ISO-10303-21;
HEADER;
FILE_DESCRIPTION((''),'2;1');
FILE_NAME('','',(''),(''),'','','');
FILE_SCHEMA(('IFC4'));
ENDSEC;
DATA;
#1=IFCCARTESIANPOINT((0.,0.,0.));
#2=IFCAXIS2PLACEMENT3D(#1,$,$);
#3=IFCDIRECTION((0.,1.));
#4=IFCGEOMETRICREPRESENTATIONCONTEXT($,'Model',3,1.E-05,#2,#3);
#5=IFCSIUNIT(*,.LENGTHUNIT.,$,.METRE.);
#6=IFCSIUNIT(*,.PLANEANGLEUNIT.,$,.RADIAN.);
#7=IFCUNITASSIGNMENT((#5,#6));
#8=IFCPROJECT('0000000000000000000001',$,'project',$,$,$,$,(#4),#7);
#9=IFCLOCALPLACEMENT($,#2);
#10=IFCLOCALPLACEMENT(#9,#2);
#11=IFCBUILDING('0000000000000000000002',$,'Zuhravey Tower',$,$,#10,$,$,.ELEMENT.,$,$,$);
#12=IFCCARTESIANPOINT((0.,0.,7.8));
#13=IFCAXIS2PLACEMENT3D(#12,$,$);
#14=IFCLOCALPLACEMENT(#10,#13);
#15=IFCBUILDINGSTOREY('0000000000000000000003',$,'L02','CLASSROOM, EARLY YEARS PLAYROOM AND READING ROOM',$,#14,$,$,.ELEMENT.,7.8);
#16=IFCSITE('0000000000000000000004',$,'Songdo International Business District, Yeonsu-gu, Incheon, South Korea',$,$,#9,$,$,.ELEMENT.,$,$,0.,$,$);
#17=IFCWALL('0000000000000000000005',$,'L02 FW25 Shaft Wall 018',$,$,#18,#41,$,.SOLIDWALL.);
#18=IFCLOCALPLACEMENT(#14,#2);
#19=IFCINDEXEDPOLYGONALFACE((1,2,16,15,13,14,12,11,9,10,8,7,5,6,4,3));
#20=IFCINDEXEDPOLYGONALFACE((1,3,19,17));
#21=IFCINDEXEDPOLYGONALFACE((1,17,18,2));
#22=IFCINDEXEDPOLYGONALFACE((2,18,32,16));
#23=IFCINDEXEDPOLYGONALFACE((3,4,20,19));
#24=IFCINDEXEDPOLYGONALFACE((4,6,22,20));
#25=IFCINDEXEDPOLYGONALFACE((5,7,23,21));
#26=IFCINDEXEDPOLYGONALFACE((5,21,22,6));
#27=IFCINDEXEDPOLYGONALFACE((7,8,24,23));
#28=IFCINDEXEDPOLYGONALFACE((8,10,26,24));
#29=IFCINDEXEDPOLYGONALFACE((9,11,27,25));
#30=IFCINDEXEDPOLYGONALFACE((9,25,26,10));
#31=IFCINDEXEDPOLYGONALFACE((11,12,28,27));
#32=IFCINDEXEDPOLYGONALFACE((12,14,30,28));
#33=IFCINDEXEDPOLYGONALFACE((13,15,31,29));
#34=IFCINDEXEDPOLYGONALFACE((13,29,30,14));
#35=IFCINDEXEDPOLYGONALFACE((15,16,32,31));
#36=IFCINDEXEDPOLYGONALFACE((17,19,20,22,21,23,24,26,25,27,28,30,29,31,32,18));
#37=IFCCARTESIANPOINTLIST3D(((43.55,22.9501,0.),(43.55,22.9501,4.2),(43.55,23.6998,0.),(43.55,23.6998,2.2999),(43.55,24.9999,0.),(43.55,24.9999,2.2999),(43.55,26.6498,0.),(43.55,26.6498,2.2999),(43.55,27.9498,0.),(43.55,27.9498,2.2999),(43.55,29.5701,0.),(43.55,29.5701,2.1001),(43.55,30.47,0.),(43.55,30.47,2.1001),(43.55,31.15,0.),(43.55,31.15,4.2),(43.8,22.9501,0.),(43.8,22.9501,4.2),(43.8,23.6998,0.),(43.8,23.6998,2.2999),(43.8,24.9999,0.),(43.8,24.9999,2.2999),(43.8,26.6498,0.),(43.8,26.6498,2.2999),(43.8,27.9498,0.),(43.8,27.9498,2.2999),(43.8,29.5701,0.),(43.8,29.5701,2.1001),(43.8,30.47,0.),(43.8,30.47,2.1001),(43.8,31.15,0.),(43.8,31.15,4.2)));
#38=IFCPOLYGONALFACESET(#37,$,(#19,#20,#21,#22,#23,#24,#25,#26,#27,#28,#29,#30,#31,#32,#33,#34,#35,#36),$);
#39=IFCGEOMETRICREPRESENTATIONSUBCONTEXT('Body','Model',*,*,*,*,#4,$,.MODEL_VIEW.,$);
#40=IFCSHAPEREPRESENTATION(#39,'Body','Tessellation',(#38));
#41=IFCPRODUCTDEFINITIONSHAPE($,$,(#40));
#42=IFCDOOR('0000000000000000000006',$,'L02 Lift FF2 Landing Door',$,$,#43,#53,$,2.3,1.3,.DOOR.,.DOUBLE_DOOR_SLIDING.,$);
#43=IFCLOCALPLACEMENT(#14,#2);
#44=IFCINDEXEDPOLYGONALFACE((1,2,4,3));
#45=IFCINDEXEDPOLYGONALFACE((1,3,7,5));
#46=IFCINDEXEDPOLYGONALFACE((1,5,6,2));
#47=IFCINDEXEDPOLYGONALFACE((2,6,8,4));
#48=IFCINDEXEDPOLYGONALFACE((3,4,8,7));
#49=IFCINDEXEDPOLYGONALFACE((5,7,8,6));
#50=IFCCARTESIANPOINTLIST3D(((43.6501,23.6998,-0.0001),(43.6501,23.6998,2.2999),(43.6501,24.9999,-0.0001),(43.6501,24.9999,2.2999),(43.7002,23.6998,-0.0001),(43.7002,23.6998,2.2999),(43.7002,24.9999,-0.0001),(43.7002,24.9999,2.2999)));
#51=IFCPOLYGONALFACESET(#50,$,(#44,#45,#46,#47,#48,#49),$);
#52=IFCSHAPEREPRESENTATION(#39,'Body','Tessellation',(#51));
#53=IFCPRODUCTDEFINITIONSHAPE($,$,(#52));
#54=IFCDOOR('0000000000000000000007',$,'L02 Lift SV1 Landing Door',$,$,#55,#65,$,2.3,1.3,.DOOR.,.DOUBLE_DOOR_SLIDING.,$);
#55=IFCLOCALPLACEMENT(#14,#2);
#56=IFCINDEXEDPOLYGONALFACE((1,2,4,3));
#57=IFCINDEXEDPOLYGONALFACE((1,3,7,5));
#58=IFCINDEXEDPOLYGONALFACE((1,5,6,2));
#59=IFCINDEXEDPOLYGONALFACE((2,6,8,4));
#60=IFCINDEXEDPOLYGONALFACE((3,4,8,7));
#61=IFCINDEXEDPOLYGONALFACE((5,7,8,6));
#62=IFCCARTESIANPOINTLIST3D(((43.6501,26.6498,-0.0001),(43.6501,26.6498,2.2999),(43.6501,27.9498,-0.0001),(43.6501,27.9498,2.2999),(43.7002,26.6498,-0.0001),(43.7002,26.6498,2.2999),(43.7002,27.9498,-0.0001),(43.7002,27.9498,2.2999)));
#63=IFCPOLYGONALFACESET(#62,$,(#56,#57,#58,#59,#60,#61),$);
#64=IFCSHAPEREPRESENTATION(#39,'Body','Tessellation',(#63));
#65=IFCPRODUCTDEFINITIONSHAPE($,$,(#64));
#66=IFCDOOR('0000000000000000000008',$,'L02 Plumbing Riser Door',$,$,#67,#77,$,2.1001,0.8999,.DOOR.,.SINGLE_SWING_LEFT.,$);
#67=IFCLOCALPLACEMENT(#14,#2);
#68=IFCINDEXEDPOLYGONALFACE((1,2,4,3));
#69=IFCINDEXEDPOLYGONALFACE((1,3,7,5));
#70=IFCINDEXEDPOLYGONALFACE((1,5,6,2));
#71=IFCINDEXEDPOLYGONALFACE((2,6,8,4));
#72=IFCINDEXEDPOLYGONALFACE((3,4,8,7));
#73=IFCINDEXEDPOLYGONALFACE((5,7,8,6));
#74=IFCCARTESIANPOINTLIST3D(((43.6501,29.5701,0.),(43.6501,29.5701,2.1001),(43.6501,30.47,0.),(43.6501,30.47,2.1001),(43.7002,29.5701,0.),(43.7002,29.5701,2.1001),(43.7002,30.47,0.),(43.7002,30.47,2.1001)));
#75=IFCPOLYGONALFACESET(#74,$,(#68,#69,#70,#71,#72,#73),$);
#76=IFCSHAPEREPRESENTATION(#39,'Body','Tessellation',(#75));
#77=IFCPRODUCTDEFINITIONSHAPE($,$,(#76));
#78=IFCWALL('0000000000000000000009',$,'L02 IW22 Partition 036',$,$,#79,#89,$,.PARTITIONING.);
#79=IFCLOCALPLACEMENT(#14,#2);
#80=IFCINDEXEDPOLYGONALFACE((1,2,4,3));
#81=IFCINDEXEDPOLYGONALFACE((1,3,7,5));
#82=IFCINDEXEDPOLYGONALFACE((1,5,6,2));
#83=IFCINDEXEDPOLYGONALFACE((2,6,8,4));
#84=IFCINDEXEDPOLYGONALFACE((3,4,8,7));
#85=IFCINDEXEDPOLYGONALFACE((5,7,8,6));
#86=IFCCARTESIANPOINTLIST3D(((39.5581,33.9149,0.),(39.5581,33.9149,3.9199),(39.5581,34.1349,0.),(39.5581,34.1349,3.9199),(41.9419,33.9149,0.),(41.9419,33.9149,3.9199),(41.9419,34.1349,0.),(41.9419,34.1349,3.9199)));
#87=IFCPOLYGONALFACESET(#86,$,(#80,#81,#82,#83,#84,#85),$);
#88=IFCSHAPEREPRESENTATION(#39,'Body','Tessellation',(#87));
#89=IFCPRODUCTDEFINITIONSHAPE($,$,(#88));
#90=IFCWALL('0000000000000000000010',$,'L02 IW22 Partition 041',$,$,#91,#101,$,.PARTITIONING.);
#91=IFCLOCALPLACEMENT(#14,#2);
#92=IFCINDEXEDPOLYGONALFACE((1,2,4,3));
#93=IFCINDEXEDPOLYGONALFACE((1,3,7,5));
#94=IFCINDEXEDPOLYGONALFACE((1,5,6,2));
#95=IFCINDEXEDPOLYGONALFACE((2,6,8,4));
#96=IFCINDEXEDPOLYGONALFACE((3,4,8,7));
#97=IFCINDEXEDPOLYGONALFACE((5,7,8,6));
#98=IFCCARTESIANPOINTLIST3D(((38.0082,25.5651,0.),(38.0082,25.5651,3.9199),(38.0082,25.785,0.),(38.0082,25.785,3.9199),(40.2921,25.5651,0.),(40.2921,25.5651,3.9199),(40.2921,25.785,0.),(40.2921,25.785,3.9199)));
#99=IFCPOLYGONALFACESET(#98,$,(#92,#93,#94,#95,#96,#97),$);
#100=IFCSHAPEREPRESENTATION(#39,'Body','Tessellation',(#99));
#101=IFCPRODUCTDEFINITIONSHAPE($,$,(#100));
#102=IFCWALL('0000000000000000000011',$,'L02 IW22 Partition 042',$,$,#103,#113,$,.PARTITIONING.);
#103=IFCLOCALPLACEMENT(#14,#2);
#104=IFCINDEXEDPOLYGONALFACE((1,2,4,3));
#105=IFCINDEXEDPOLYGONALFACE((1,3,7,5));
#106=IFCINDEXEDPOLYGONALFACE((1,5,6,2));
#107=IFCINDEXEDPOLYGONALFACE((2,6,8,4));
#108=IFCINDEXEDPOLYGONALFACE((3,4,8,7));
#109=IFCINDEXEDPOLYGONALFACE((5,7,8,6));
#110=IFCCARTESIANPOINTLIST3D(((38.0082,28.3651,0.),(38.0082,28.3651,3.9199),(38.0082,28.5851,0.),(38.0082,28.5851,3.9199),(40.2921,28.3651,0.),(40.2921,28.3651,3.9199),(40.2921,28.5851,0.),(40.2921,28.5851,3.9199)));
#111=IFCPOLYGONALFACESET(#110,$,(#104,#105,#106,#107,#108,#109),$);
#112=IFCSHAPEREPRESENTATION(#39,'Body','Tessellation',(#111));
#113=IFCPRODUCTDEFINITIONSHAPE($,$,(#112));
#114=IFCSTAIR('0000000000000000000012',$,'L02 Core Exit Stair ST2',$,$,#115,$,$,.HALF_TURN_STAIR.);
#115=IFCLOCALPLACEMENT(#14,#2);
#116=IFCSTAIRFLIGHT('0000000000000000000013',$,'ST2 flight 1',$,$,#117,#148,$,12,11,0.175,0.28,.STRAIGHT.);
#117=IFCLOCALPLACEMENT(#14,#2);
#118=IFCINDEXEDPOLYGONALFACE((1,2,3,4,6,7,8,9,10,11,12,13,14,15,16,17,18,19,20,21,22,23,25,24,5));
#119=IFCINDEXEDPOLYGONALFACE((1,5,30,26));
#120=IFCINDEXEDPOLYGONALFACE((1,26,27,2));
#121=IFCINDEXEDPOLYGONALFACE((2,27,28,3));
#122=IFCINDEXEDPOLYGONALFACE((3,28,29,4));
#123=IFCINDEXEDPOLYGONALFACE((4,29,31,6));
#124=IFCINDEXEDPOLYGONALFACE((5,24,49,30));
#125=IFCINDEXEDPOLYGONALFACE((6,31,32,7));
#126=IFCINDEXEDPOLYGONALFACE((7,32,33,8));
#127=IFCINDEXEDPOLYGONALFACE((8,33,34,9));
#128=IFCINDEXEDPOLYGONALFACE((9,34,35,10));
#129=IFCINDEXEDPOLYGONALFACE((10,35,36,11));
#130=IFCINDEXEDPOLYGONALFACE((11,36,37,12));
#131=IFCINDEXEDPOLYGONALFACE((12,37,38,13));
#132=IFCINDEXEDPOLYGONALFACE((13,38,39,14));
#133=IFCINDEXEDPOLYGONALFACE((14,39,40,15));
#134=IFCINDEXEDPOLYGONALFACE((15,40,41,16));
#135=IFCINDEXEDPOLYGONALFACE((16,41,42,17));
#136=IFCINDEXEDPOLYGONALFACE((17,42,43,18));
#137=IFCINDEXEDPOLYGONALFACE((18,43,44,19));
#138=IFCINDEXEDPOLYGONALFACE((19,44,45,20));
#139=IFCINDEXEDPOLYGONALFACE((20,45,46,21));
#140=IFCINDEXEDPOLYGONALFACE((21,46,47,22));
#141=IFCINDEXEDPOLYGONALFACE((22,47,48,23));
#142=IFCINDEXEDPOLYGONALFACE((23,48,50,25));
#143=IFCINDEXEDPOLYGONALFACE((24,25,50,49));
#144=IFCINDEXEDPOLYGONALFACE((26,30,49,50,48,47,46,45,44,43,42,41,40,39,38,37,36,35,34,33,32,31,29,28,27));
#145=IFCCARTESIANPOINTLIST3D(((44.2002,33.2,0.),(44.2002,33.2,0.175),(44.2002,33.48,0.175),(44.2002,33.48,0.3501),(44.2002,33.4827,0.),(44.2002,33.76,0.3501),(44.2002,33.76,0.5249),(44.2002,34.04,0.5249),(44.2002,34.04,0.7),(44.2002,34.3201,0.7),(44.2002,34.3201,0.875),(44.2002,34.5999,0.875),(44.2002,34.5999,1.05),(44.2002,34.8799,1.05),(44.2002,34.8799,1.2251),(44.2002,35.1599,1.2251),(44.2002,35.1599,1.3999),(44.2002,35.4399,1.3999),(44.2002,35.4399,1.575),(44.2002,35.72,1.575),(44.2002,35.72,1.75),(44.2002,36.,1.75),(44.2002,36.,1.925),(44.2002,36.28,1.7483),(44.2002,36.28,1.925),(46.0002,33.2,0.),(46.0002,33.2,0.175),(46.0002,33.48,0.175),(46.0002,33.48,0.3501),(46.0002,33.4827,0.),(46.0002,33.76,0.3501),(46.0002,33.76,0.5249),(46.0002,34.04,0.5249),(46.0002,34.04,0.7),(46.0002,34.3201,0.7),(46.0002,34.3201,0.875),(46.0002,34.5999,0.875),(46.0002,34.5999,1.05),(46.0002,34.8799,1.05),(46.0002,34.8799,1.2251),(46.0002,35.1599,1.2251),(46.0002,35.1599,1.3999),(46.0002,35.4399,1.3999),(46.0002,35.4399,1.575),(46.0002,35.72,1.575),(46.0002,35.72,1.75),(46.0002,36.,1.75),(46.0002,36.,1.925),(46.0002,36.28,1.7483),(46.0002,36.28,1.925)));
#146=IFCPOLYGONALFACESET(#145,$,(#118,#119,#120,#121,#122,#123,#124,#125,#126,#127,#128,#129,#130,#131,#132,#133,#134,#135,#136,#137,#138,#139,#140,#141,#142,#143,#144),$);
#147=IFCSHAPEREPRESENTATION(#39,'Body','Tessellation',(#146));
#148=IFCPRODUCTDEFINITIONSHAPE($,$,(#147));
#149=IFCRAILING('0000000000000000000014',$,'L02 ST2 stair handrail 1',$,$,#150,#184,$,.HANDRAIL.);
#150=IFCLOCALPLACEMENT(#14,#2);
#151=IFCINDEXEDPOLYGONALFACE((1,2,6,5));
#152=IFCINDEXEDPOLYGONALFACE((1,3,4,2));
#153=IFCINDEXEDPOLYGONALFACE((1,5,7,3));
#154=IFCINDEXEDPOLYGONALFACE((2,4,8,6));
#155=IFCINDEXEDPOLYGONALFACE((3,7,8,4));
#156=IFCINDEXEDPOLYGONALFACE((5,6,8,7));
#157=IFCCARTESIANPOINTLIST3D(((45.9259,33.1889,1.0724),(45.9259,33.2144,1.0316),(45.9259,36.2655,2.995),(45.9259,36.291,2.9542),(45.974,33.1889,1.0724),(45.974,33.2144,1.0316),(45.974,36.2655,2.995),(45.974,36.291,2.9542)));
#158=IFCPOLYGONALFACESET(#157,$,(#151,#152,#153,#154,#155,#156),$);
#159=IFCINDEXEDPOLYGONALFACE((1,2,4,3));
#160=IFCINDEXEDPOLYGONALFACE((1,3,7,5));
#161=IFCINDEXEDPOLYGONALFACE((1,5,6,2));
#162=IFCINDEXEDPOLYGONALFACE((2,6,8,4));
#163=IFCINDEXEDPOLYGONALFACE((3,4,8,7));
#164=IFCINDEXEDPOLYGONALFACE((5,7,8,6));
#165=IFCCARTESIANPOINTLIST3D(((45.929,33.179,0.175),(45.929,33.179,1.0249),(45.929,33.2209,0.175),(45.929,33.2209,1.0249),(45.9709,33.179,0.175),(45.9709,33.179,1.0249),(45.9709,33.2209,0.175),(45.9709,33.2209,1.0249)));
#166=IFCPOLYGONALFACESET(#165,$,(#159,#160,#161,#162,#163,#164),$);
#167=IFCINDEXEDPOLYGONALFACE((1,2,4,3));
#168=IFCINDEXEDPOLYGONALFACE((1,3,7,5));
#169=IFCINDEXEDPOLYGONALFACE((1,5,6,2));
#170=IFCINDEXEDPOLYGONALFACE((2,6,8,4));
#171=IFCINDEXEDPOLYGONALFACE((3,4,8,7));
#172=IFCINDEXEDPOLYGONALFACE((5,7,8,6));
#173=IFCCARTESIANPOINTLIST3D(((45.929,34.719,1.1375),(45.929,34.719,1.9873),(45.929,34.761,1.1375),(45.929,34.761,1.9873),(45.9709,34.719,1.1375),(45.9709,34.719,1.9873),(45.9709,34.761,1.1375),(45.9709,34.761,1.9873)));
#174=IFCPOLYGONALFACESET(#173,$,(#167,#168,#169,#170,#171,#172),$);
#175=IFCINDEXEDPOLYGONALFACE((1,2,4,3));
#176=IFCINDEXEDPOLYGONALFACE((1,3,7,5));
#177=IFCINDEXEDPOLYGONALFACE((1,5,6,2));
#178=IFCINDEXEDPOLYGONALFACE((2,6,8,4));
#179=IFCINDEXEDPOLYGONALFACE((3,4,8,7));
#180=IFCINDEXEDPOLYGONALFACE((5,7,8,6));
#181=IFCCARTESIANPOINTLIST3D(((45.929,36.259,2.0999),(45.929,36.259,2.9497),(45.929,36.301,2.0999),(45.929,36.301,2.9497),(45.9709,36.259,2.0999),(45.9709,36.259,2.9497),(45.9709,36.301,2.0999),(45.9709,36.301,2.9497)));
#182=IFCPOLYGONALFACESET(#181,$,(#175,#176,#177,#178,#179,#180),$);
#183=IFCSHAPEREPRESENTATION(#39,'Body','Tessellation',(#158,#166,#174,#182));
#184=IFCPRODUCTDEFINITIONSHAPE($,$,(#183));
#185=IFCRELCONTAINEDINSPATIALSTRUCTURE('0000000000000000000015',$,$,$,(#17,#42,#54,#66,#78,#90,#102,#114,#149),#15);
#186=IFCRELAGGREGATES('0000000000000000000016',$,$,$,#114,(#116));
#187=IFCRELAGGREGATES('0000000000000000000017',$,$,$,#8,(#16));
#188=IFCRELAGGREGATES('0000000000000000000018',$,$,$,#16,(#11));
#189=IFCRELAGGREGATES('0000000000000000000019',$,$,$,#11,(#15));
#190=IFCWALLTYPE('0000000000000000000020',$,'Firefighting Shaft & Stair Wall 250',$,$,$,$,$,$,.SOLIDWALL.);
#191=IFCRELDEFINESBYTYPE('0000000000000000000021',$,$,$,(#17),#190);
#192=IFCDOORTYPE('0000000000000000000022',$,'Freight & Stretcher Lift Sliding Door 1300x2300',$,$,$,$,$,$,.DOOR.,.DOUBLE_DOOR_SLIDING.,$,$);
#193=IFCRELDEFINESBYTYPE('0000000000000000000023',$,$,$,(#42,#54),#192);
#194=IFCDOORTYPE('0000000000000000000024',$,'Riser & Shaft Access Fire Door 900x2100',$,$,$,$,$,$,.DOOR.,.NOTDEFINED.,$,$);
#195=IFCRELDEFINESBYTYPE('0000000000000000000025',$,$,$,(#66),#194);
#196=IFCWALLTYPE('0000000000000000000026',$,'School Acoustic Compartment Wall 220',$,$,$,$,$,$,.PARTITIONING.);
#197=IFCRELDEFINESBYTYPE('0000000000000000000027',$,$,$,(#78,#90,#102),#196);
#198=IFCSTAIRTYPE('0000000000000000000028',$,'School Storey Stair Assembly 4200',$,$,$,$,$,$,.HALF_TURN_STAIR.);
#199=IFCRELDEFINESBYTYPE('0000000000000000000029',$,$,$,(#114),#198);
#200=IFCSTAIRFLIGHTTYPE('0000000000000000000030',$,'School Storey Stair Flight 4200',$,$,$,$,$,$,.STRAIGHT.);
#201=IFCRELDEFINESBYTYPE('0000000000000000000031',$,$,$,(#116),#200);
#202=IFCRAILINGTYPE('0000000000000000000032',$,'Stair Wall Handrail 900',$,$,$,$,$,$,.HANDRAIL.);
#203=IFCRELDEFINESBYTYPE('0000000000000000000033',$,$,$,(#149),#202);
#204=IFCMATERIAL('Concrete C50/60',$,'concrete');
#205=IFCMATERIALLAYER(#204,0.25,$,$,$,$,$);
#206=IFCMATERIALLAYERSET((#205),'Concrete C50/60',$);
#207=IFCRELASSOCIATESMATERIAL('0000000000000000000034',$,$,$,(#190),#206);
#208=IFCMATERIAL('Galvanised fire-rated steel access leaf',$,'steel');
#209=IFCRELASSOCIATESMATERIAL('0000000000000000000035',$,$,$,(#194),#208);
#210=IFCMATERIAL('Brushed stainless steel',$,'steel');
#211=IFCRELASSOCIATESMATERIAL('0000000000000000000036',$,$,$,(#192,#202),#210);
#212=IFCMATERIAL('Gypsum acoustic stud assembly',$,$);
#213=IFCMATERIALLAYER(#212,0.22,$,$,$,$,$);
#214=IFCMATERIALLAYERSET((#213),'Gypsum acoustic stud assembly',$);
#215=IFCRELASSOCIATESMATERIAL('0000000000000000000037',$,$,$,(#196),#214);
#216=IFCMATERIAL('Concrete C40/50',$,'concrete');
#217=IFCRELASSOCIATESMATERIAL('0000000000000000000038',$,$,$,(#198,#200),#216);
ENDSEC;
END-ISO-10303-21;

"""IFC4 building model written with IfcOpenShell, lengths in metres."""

from ifc_helpers import new_model, si_unit, direction, frame, frame_2d, origin, origin_2d, place, context, subcontext, project, spatial, polyline, rectangle, outline, extrude, material, layer, layer_set, type_object, element, fill, aggregate, save


model = new_model("IFC4")

# Units and contexts
model_context = context("Model", 3, precision=1e-05, world=origin(), true_north=direction((0.0, 1.0)))
body_context = subcontext(model_context, "Body", "Model", "MODEL_VIEW")
ifc_project = project(units=[si_unit("LENGTHUNIT", "METRE"), si_unit("PLANEANGLEUNIT", "RADIAN")], contexts=[model_context])

# Site, building, storey
site_placement = place(None, origin())
site = spatial("IfcSite", under=ifc_project, at=site_placement, Name="Songdo International Business District, Yeonsu-gu, Incheon, South Korea", CompositionType="ELEMENT", RefElevation=0.0)
building_placement = place(site_placement, origin())
building = spatial("IfcBuilding", under=site, at=building_placement, Name="Zuhravey Tower", CompositionType="ELEMENT")
storey_placement = place(building_placement, frame((0.0, 0.0, 7.8)))
storey = spatial("IfcBuildingStorey", under=building, at=storey_placement, Name="L02", Description="CLASSROOM, EARLY YEARS PLAYROOM AND READING ROOM", CompositionType="ELEMENT", Elevation=7.8)

# Shared definitions
ifc_material_1 = material(Name="Concrete C50/60", Category="concrete")
ifc_layer_1 = layer(ifc_material_1, 0.25)
ifc_layer_set_1 = layer_set([ifc_layer_1], Name="Concrete C50/60")
wall_type_1 = type_object("IfcWallType", Name="Firefighting Shaft & Stair Wall 250", PredefinedType="SOLIDWALL", material=ifc_layer_set_1)

# Shared definitions
ifc_material_2 = material(Name="Galvanised fire-rated steel access leaf", Category="steel")
door_type_1 = type_object("IfcDoorType", Name="Riser & Shaft Access Fire Door 900x2100", OperationType="NOTDEFINED", PredefinedType="DOOR", material=ifc_material_2)

# Wall, openings, doors
wall_1_placement = place(storey_placement, frame((43.675, 22.95, 0.0), z_axis=(0.0, 0.0, 1.0), x_axis=(0.0, 1.0, 0.0)))
wall_1 = element("IfcWall", 1, at=wall_1_placement, inside=storey, type_object=wall_type_1, Name="L02 FW25 Shaft Wall 018", PredefinedType="SOLIDWALL", context=body_context, shape_type="SweptSolid", body=[
    extrude(rectangle(XDim=8.2, YDim=0.25, at=frame_2d((4.1001, 0.0))), origin(), (0.0, 0.0, 1.0), 4.2),
])
opening_1_placement = place(wall_1_placement, frame((0.75, 0.0, 0.0)))
opening_1 = element("IfcOpeningElement", 2, at=opening_1_placement, cuts=wall_1, PredefinedType="OPENING", context=body_context, shape_type="SweptSolid", body=[
    extrude(rectangle(XDim=1.3, YDim=2.3, at=frame_2d((0.6499, 1.1499))), frame((0.0, 0.137, 0.0), z_axis=(0.0, -1.0, 0.0), x_axis=(1.0, 0.0, 0.0)), (0.0, 0.0, 1.0), 0.2739),
])
opening_2_placement = place(wall_1_placement, frame((3.7, 0.0, 0.0)))
opening_2 = element("IfcOpeningElement", 3, at=opening_2_placement, cuts=wall_1, PredefinedType="OPENING", context=body_context, shape_type="SweptSolid", body=[
    extrude(rectangle(XDim=1.3, YDim=2.3, at=frame_2d((0.6499, 1.1499))), frame((0.0, 0.137, 0.0), z_axis=(0.0, -1.0, 0.0), x_axis=(1.0, 0.0, 0.0)), (0.0, 0.0, 1.0), 0.2739),
])
opening_3_placement = place(wall_1_placement, frame((6.6201, 0.0, 0.0)))
opening_3 = element("IfcOpeningElement", 4, at=opening_3_placement, cuts=wall_1, PredefinedType="OPENING", context=body_context, shape_type="SweptSolid", body=[
    extrude(rectangle(XDim=0.8999, YDim=2.1001, at=frame_2d((0.45, 1.05))), frame((0.0, 0.137, 0.0), z_axis=(0.0, -1.0, 0.0), x_axis=(1.0, 0.0, 0.0)), (0.0, 0.0, 1.0), 0.2739),
])
ifc_material_3 = material(Name="Brushed stainless steel", Category="steel")
door_type_2 = type_object("IfcDoorType", Name="Freight & Stretcher Lift Sliding Door 1300x2300", OperationType="DOUBLE_DOOR_SLIDING", PredefinedType="DOOR", material=ifc_material_3)
door_1_placement = place(opening_1_placement, origin())
door_1 = element("IfcDoor", 5, at=door_1_placement, inside=storey, type_object=door_type_2, Name="L02 Lift FF2 Landing Door", OperationType="DOUBLE_DOOR_SLIDING", OverallHeight=2.3, OverallWidth=1.3, PredefinedType="DOOR", context=body_context, shape_type="SweptSolid", body=[
    extrude(rectangle(XDim=1.3, YDim=2.3, at=frame_2d((0.6499, 1.1499))), frame((0.0, 0.0249, 0.0), z_axis=(0.0, -1.0, 0.0), x_axis=(1.0, 0.0, 0.0)), (0.0, 0.0, 1.0), 0.05),
])
fill(opening_1, door_1)
door_2_placement = place(opening_2_placement, origin())
door_2 = element("IfcDoor", 6, at=door_2_placement, inside=storey, type_object=door_type_2, Name="L02 Lift SV1 Landing Door", OperationType="DOUBLE_DOOR_SLIDING", OverallHeight=2.3, OverallWidth=1.3, PredefinedType="DOOR", context=body_context, shape_type="SweptSolid", body=[
    extrude(rectangle(XDim=1.3, YDim=2.3, at=frame_2d((0.6499, 1.1499))), frame((0.0, 0.0249, 0.0), z_axis=(0.0, -1.0, 0.0), x_axis=(1.0, 0.0, 0.0)), (0.0, 0.0, 1.0), 0.05),
])
fill(opening_2, door_2)
door_3_placement = place(opening_3_placement, origin())
door_3 = element("IfcDoor", 7, at=door_3_placement, inside=storey, type_object=door_type_1, Name="L02 Plumbing Riser Door", OperationType="SINGLE_SWING_LEFT", OverallHeight=2.1001, OverallWidth=0.8999, PredefinedType="DOOR", context=body_context, shape_type="SweptSolid", body=[
    extrude(rectangle(XDim=0.8999, YDim=2.1001, at=frame_2d((0.45, 1.05))), frame((0.0, 0.0249, 0.0), z_axis=(0.0, -1.0, 0.0), x_axis=(1.0, 0.0, 0.0)), (0.0, 0.0, 1.0), 0.05),
])
fill(opening_3, door_3)

# Walls
ifc_material_4 = material(Name="Gypsum acoustic stud assembly")
ifc_layer_2 = layer(ifc_material_4, 0.22)
ifc_layer_set_2 = layer_set([ifc_layer_2], Name="Gypsum acoustic stud assembly")
wall_type_2 = type_object("IfcWallType", Name="School Acoustic Compartment Wall 220", PredefinedType="PARTITIONING", material=ifc_layer_set_2)
wall_2_placement = place(storey_placement, frame((39.5581, 34.0249, 0.0), z_axis=(0.0, 0.0, 1.0), x_axis=(1.0, 0.0, 0.0)))
element("IfcWall", 8, at=wall_2_placement, inside=storey, type_object=wall_type_2, Name="L02 IW22 Partition 036", PredefinedType="PARTITIONING", context=body_context, shape_type="SweptSolid", body=[
    extrude(rectangle(XDim=2.3838, YDim=0.22, at=frame_2d((1.1919, 0.0))), origin(), (0.0, 0.0, 1.0), 3.9199),
])
for number, where, z_axis, x_axis, name in (
    (9, (38.0081, 25.675, 0.0), (0.0, 0.0, 1.0), (1.0, 0.0, 0.0), "L02 IW22 Partition 041"),
    (10, (38.0081, 28.4751, 0.0), (0.0, 0.0, 1.0), (1.0, 0.0, 0.0), "L02 IW22 Partition 042"),
):
    element("IfcWall", number, at=place(storey_placement, frame(where, z_axis=z_axis, x_axis=x_axis)), inside=storey, type_object=wall_type_2, Name=name, PredefinedType="PARTITIONING", context=body_context, shape_type="SweptSolid", body=[
        extrude(rectangle(XDim=2.2839, YDim=0.22, at=frame_2d((1.1421, 0.0))), origin(), (0.0, 0.0, 1.0), 3.9199),
    ])

# Stair, stair flight
ifc_material_5 = material(Name="Concrete C40/50", Category="concrete")
stair_type = type_object("IfcStairType", Name="School Storey Stair Assembly 4200", PredefinedType="HALF_TURN_STAIR", material=ifc_material_5)
stair_placement = place(storey_placement, origin())
stair = element("IfcStair", 11, at=stair_placement, inside=storey, type_object=stair_type, Name="L02 Core Exit Stair ST2", PredefinedType="HALF_TURN_STAIR")
stair_flight_type = type_object("IfcStairFlightType", Name="School Storey Stair Flight 4200", PredefinedType="STRAIGHT", material=ifc_material_5)
stair_flight_placement = place(storey_placement, frame((45.1001, 33.2, 0.0), z_axis=(0.0, 0.0, 1.0), x_axis=(0.0, 1.0, 0.0)))
stair_flight = element("IfcStairFlight", 12, at=stair_flight_placement, type_object=stair_flight_type, Name="ST2 flight 1", NumberOfRisers=12, NumberOfTreads=11, PredefinedType="STRAIGHT", RiserHeight=0.175, TreadLength=0.28, context=body_context, shape_type="SweptSolid", body=[
    extrude(outline(polyline([(0.0, 0.0), (0.0, 0.175), (0.28, 0.175), (0.28, 0.3501), (0.5601, 0.3501), (0.5601, 0.5249), (0.8401, 0.5249), (0.8401, 0.7), (1.1201, 0.7), (1.1201, 0.875), (1.3999, 0.875), (1.3999, 1.05), (1.6799, 1.05), (1.6799, 1.2251), (1.96, 1.2251), (1.96, 1.3999), (2.24, 1.3999), (2.24, 1.575), (2.52, 1.575), (2.52, 1.75), (2.8, 1.75), (2.8, 1.925), (3.0801, 1.925), (3.0801, 2.1001), (3.0801, 1.7483), (0.2827, 0.0), (0.0, 0.0)])), frame((0.0, 0.8999, 0.0), z_axis=(0.0, -1.0, 0.0), x_axis=(1.0, 0.0, 0.0)), (0.0, 0.0, 1.0), 1.8),
])
aggregate(stair, [stair_flight])

# Railing
railing_type_1 = type_object("IfcRailingType", Name="Stair Wall Handrail 900", PredefinedType="HANDRAIL", material=ifc_material_3)
railing_1_placement = place(storey_placement, frame((45.95, 33.2, 0.175)))
element("IfcRailing", 13, at=railing_1_placement, inside=storey, type_object=railing_type_1, Name="L02 ST2 stair handrail 1", PredefinedType="HANDRAIL", context=body_context, shape_type="SweptSolid", body=[
    extrude(rectangle(XDim=0.0481, YDim=0.0481, at=origin_2d()), frame((0.0, 0.0017, 0.877), z_axis=(0.0, 0.848029, 0.529951), x_axis=(-1.0, 0.0, 0.0)), (0.0, 0.0, 1.0), 3.6279),
    extrude(rectangle(XDim=0.042, YDim=0.042, at=origin_2d()), origin(), (0.0, 0.0, 1.0), 0.8499),
    extrude(rectangle(XDim=0.042, YDim=0.042, at=origin_2d()), frame((0.0, 1.54, 0.9624)), (0.0, 0.0, 1.0), 0.8499),
    extrude(rectangle(XDim=0.042, YDim=0.042, at=origin_2d()), frame((0.0, 3.0801, 1.9248)), (0.0, 0.0, 1.0), 0.8499),
])

save(model, "model.ifc")
